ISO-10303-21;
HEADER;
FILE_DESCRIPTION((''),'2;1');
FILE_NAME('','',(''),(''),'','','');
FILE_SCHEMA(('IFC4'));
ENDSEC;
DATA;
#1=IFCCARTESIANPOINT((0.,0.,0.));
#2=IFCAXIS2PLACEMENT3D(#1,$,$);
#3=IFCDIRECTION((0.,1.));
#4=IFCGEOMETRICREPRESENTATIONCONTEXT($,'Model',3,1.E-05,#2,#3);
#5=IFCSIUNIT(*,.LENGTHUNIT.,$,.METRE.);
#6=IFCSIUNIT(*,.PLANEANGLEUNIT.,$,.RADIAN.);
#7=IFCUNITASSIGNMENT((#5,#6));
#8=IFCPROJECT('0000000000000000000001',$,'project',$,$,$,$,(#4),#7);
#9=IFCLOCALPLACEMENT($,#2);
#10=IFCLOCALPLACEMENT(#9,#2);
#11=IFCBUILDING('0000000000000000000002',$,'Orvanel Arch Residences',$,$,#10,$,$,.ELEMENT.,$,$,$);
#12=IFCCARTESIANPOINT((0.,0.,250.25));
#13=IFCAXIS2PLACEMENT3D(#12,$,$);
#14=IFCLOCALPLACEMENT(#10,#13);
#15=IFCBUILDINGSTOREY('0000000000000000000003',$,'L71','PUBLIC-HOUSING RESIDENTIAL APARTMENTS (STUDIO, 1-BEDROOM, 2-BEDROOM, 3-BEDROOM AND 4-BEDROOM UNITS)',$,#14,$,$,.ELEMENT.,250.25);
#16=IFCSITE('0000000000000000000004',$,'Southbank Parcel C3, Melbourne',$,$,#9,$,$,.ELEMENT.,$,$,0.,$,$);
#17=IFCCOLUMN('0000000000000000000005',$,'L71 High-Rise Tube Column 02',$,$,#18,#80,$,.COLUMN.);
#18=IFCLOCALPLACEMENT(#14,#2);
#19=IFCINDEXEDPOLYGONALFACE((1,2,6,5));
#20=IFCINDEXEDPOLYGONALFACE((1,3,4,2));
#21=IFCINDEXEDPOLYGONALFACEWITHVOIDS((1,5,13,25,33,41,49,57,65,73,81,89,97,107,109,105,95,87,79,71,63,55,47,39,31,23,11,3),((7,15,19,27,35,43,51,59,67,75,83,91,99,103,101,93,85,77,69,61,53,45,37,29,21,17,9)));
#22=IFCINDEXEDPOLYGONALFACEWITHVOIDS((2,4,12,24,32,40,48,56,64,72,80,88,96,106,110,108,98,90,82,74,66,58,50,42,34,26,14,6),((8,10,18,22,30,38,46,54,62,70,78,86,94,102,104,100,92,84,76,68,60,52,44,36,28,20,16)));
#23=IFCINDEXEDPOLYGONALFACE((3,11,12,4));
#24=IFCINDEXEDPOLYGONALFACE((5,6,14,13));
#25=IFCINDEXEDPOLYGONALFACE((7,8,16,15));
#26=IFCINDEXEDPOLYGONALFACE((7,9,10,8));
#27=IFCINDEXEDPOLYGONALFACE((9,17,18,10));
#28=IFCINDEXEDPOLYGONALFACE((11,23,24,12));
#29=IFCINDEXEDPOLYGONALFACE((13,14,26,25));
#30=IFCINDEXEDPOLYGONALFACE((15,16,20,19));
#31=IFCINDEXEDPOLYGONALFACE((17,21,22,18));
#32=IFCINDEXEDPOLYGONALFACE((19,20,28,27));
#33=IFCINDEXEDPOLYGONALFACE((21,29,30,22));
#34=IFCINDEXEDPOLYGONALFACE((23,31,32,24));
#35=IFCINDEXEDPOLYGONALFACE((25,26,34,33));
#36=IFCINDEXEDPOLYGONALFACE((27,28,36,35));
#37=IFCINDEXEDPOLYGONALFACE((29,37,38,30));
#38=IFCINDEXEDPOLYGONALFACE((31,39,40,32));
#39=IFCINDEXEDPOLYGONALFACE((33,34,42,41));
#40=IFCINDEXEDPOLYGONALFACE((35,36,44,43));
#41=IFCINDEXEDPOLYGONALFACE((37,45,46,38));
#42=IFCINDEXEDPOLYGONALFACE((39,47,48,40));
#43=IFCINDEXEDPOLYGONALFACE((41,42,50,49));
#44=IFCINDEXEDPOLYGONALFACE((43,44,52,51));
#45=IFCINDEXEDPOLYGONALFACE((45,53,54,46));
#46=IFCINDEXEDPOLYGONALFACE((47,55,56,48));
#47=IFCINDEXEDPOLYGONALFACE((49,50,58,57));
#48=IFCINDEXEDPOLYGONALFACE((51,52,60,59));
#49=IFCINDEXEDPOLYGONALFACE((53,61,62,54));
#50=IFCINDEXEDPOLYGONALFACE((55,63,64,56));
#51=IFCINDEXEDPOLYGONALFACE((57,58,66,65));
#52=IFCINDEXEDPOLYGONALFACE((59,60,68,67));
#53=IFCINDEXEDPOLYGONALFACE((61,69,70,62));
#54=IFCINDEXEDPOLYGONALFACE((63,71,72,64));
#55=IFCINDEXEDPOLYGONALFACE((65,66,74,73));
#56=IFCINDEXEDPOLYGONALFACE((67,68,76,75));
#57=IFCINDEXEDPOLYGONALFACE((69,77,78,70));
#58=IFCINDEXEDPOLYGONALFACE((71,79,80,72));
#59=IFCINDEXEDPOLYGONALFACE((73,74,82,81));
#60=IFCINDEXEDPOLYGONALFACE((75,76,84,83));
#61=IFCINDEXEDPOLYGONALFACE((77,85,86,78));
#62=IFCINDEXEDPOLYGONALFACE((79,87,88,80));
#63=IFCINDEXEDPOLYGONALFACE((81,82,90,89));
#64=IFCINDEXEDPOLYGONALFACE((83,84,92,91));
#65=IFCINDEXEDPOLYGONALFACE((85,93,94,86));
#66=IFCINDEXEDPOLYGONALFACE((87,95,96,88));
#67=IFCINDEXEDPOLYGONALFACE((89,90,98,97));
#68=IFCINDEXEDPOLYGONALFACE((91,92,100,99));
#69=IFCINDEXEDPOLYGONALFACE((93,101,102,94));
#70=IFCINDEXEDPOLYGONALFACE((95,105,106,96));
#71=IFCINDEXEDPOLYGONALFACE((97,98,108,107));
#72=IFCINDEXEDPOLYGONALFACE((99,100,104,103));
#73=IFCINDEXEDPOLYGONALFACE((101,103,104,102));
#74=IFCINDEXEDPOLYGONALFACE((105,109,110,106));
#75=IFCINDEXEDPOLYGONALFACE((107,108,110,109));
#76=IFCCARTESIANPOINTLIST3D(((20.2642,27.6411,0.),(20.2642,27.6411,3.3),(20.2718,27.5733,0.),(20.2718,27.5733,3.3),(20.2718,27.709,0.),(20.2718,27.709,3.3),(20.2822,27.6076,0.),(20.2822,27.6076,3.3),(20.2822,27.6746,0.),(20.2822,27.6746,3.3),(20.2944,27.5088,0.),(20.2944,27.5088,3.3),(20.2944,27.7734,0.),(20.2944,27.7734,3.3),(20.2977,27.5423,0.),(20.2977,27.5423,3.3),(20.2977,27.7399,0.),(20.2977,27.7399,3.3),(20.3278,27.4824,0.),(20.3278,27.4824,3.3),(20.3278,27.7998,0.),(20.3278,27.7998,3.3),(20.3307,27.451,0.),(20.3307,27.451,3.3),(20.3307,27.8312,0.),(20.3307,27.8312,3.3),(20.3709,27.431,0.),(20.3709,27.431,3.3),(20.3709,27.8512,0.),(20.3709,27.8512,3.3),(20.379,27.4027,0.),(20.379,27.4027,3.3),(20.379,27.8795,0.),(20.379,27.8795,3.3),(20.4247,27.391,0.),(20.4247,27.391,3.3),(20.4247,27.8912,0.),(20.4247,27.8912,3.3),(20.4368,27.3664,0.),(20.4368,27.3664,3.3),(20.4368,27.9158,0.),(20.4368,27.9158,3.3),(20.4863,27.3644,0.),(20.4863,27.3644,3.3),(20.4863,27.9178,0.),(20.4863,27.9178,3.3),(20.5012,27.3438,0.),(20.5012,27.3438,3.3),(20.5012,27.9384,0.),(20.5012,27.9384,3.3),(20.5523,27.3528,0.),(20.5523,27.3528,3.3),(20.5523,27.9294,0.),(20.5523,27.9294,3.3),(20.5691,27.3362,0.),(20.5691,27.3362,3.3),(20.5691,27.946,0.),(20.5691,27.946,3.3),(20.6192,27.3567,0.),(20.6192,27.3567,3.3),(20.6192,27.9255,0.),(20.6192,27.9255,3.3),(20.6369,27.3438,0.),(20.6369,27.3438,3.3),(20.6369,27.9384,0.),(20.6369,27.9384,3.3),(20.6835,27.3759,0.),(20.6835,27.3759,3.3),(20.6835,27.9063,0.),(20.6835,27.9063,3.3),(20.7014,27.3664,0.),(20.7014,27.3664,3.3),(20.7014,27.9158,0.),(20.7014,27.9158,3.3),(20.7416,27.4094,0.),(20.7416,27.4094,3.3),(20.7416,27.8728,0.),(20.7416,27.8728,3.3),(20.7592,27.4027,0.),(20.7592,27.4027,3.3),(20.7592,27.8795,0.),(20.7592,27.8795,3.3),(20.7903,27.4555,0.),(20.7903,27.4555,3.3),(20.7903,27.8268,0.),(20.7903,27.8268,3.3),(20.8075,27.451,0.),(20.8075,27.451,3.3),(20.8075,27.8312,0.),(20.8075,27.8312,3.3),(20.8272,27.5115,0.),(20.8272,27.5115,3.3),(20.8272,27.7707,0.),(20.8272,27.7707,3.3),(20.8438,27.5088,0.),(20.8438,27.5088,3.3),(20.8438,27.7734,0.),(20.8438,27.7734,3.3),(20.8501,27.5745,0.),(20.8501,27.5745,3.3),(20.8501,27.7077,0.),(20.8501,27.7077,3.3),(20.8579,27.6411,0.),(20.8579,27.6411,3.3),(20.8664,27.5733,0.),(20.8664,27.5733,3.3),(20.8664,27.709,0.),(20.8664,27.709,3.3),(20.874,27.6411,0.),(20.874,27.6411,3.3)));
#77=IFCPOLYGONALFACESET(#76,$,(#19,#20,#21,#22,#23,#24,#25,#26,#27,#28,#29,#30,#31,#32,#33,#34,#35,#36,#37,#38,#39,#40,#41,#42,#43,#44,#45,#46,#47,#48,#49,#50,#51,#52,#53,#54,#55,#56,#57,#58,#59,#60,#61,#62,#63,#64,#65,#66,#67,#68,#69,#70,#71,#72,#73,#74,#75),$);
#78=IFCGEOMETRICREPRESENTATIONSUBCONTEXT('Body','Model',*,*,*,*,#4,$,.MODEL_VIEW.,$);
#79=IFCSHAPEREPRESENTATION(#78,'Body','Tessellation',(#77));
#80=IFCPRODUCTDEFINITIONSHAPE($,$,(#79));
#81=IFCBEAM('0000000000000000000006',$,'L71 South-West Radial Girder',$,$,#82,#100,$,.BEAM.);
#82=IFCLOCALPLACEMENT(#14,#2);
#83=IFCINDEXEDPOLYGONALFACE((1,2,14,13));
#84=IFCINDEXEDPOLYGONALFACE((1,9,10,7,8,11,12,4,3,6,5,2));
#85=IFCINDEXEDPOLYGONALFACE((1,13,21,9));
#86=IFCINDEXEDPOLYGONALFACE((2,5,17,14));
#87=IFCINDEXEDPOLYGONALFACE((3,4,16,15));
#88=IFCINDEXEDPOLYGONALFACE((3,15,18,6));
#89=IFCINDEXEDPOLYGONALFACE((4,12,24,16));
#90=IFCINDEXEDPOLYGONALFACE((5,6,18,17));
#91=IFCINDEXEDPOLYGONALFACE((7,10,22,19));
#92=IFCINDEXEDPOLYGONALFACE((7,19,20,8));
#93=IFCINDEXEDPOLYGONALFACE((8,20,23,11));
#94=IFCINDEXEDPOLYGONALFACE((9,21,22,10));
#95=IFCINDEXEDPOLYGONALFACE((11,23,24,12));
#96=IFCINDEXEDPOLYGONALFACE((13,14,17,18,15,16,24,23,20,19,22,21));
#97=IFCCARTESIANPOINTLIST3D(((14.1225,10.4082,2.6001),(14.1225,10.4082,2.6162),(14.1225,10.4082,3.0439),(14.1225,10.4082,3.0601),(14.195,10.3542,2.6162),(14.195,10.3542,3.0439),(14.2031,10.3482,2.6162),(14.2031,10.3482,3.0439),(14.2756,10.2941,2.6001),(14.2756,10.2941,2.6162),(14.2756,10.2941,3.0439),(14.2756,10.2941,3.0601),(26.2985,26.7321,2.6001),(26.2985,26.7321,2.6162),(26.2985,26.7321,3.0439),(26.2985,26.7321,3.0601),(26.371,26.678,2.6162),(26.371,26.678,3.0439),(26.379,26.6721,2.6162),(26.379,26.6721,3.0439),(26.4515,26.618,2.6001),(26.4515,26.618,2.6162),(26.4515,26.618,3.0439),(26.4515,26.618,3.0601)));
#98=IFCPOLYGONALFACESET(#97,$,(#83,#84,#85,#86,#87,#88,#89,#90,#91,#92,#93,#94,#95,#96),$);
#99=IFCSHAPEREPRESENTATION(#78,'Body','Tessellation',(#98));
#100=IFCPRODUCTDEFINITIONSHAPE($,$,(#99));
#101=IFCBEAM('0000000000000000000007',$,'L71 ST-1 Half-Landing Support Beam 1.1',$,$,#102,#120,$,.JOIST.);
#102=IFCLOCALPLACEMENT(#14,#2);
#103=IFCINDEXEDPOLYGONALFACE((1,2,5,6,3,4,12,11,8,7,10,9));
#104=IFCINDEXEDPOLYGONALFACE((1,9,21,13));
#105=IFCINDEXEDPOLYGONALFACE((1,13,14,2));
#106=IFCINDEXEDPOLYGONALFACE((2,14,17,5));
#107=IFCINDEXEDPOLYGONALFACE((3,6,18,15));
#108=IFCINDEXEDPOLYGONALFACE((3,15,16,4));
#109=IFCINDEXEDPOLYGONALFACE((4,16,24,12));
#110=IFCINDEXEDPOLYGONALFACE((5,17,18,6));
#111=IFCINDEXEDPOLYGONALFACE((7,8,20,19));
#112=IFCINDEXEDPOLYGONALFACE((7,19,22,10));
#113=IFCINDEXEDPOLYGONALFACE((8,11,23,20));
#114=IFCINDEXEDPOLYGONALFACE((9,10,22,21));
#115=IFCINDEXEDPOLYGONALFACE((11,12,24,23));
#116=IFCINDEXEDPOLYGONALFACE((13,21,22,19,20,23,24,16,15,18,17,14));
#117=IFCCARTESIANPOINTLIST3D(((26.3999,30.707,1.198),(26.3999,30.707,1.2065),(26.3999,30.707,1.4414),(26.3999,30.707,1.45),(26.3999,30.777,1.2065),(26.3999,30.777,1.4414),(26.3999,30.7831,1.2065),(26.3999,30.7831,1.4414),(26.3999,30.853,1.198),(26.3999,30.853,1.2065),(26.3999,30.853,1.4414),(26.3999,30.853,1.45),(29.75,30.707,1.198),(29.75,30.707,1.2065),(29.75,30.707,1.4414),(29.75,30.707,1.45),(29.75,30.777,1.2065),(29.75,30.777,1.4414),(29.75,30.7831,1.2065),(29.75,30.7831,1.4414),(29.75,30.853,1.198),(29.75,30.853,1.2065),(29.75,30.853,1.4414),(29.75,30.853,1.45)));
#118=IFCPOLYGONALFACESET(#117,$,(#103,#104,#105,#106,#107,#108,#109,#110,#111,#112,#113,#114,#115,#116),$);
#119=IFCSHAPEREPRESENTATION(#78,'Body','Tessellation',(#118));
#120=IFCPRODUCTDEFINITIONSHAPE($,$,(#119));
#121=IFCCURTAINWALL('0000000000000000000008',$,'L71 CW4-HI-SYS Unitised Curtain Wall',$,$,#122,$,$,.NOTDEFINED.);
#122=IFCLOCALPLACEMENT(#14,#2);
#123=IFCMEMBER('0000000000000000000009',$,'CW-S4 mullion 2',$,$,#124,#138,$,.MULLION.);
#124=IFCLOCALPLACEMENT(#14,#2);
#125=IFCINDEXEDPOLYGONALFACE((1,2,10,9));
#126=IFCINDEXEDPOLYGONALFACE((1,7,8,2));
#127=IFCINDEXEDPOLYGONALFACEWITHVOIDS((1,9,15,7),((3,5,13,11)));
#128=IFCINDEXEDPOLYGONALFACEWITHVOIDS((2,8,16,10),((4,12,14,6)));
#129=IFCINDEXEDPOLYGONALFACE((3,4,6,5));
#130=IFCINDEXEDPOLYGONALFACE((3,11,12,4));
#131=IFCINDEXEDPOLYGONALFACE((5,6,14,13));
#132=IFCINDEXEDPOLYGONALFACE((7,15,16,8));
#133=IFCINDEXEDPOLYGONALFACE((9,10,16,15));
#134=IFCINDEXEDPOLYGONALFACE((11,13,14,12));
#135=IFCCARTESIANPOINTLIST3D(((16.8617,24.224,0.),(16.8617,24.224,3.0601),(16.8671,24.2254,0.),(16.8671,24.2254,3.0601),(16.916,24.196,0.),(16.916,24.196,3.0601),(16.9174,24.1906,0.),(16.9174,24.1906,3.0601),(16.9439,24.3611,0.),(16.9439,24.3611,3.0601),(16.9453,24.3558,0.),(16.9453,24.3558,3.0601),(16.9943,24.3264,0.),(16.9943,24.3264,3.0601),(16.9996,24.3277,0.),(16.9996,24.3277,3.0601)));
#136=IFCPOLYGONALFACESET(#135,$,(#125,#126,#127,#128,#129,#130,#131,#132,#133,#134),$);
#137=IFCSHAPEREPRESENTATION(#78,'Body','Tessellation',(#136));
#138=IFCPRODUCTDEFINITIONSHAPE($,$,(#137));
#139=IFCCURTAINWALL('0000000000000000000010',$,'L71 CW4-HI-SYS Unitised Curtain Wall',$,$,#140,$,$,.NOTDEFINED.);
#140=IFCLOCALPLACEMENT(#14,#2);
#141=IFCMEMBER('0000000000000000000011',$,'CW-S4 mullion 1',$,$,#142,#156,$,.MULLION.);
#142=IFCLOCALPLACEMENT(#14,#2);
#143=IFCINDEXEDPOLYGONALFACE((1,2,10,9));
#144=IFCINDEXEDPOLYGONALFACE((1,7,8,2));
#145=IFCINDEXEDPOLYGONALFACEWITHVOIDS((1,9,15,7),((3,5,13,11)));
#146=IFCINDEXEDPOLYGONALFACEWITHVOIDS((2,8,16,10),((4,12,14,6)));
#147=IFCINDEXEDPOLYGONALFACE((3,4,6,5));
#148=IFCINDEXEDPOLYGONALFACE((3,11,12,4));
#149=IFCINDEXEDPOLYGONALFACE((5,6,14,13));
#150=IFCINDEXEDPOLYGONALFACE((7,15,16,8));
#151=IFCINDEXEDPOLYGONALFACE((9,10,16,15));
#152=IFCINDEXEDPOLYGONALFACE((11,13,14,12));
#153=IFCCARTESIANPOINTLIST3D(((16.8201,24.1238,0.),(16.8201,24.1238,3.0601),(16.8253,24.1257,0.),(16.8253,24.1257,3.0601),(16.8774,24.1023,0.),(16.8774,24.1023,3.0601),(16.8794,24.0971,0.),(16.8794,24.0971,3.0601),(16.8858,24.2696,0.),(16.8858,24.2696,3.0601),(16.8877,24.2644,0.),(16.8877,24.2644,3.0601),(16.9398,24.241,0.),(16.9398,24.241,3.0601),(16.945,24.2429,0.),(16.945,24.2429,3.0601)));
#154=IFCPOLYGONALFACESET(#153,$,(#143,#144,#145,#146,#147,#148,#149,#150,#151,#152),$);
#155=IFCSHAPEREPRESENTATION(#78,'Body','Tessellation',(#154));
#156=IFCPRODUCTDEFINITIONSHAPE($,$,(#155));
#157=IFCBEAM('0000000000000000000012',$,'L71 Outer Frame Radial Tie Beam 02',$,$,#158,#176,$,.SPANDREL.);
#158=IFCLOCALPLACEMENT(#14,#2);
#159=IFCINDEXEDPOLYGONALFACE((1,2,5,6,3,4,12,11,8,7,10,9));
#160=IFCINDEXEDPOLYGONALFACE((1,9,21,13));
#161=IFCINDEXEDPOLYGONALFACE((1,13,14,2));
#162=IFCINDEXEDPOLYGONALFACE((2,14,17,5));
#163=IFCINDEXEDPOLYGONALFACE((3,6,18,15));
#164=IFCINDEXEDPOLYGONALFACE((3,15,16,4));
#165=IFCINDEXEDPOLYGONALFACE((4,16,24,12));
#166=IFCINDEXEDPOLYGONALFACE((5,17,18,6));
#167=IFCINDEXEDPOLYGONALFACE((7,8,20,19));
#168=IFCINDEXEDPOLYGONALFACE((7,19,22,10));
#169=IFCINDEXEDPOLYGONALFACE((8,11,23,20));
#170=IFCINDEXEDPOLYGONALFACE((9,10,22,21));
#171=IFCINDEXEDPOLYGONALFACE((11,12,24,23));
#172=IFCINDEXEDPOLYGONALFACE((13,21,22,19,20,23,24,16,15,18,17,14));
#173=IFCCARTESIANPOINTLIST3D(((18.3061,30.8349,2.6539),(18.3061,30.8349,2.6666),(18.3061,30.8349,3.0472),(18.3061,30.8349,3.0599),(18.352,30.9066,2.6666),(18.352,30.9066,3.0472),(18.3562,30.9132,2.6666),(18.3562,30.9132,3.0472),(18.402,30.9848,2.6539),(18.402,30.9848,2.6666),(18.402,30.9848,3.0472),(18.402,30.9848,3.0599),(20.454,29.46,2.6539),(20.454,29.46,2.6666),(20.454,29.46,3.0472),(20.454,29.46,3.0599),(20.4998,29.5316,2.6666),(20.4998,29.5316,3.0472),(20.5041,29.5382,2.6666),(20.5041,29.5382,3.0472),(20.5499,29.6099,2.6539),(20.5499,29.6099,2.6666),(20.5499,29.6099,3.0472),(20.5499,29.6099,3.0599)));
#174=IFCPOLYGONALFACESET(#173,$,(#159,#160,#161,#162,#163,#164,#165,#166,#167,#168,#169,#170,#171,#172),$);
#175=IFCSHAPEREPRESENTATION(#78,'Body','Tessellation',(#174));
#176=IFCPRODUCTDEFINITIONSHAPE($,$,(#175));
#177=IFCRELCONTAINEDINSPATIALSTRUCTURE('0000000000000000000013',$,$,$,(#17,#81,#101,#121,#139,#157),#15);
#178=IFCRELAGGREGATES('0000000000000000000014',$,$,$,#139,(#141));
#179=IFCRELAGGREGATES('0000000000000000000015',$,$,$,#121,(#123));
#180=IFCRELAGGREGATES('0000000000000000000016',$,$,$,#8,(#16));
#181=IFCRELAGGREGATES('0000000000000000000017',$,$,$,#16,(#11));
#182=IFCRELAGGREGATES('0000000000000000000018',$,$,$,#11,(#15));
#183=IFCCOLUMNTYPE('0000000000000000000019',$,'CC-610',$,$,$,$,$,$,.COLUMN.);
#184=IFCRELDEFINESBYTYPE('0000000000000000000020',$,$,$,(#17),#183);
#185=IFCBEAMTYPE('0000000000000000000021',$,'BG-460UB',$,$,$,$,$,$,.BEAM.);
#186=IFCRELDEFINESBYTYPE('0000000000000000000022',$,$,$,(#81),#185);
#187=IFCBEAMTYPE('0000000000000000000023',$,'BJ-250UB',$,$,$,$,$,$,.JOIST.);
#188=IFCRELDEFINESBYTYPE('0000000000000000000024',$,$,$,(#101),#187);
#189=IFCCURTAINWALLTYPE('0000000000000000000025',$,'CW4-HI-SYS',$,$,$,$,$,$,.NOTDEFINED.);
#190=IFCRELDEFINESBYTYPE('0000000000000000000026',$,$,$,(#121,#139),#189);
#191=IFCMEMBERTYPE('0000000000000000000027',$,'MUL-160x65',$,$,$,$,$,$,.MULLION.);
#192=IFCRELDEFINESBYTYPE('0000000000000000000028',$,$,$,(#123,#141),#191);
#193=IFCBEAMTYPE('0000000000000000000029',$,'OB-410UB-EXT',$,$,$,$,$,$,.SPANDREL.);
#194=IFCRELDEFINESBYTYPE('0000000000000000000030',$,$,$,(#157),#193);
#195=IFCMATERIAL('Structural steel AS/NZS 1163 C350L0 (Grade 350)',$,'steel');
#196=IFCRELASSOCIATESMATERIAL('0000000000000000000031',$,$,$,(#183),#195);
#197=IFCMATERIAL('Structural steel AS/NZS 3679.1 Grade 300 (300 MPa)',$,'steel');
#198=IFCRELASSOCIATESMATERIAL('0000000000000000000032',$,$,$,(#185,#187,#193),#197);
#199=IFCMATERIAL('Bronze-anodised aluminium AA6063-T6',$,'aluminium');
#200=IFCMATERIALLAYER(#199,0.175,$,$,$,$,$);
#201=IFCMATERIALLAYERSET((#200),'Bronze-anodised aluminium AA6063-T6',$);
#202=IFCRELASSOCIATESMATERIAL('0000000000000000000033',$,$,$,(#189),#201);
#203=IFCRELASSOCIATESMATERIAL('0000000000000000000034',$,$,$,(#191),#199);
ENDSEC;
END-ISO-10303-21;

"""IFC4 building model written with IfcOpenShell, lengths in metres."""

from ifc_helpers import new_model, si_unit, direction, frame, origin, origin_2d, place, context, subcontext, project, spatial, hollow_rectangle, hollow_circle, i_section, extrude, material, layer, layer_set, material_profile, profile_set, type_object, element, aggregate, save


model = new_model("IFC4")

# Units and contexts
model_context = context("Model", 3, precision=1e-05, world=origin(), true_north=direction((0.0, 1.0)))
body_context = subcontext(model_context, "Body", "Model", "MODEL_VIEW")
ifc_project = project(units=[si_unit("LENGTHUNIT", "METRE"), si_unit("PLANEANGLEUNIT", "RADIAN")], contexts=[model_context])

# Site, building, storey
site_placement = place(None, origin())
site = spatial("IfcSite", under=ifc_project, at=site_placement, Name="Southbank Parcel C3, Melbourne", CompositionType="ELEMENT", RefElevation=0.0)
building_placement = place(site_placement, origin())
building = spatial("IfcBuilding", under=site, at=building_placement, Name="Orvanel Arch Residences", CompositionType="ELEMENT")
storey_placement = place(building_placement, frame((0.0, 0.0, 250.25)))
storey = spatial("IfcBuildingStorey", under=building, at=storey_placement, Name="L71", Description="PUBLIC-HOUSING RESIDENTIAL APARTMENTS (STUDIO, 1-BEDROOM, 2-BEDROOM, 3-BEDROOM AND 4-BEDROOM UNITS)", CompositionType="ELEMENT", Elevation=250.25)

# Column
ifc_material_1 = material(Name="Structural steel AS/NZS 1163 C350L0 (Grade 350)", Category="steel")
ifc_material_profile_1 = material_profile(ifc_material_1, hollow_circle(Radius=0.3049, WallThickness=0.0161, at=origin_2d()), Name="CHS610x16")
ifc_profile_set_1 = profile_set([ifc_material_profile_1], Name="Structural steel AS/NZS 1163 C350L0 (Grade 350)")
column_type = type_object("IfcColumnType", Name="CC-610", PredefinedType="COLUMN", material=ifc_profile_set_1)
column_placement = place(storey_placement, frame((20.5691, 27.6411, 0.0), z_axis=(0.0, 0.0, 1.0), x_axis=(1.0, 0.0, 0.0)))
element("IfcColumn", 1, at=column_placement, inside=storey, type_object=column_type, Name="L71 High-Rise Tube Column 02", PredefinedType="COLUMN", context=body_context, shape_type="SweptSolid", body=[
    extrude(hollow_circle(Radius=0.3049, WallThickness=0.0161, at=origin_2d()), origin(), (0.0, 0.0, 1.0), 3.3),
])

# Beams
ifc_material_2 = material(Name="Structural steel AS/NZS 3679.1 Grade 300 (300 MPa)", Category="steel")
ifc_material_profile_2 = material_profile(ifc_material_2, i_section(OverallWidth=0.1909, OverallDepth=0.46, WebThickness=0.01, FlangeThickness=0.0161, at=origin_2d()), Name="460UB82.1")
ifc_profile_set_2 = profile_set([ifc_material_profile_2], Name="Structural steel AS/NZS 3679.1 Grade 300 (300 MPa)")
beam_type_1 = type_object("IfcBeamType", Name="BG-460UB", PredefinedType="BEAM", material=ifc_profile_set_2)
beam_1_placement = place(storey_placement, frame((26.375, 26.675, 2.8301), z_axis=(-0.597894, -0.801575, 0.0), x_axis=(0.801575, -0.597894, 0.0)))
element("IfcBeam", 2, at=beam_1_placement, inside=storey, type_object=beam_type_1, Name="L71 South-West Radial Girder", PredefinedType="BEAM", context=body_context, shape_type="SweptSolid", body=[
    extrude(i_section(OverallWidth=0.1909, OverallDepth=0.46, WebThickness=0.01, FlangeThickness=0.0161, at=origin_2d()), origin(), (0.0, 0.0, 1.0), 20.3647),
])
ifc_material_profile_3 = material_profile(ifc_material_2, i_section(OverallWidth=0.146, OverallDepth=0.252, WebThickness=0.0061, FlangeThickness=0.0085, at=origin_2d()), Name="250UB31.4")
ifc_profile_set_3 = profile_set([ifc_material_profile_3], Name="Structural steel AS/NZS 3679.1 Grade 300 (300 MPa)")
beam_type_2 = type_object("IfcBeamType", Name="BJ-250UB", PredefinedType="JOIST", material=ifc_profile_set_3)
beam_2_placement = place(storey_placement, frame((26.3999, 30.78, 1.324), z_axis=(1.0, 0.0, 0.0), x_axis=(0.0, 1.0, 0.0)))
element("IfcBeam", 3, at=beam_2_placement, inside=storey, type_object=beam_type_2, Name="L71 ST-1 Half-Landing Support Beam 1.1", PredefinedType="JOIST", context=body_context, shape_type="SweptSolid", body=[
    extrude(i_section(OverallWidth=0.146, OverallDepth=0.252, WebThickness=0.0061, FlangeThickness=0.0085, at=origin_2d()), origin(), (0.0, 0.0, 1.0), 3.3501),
])

# Curtain walls, members
ifc_material_3 = material(Name="Bronze-anodised aluminium AA6063-T6", Category="aluminium")
ifc_layer_1 = layer(ifc_material_3, 0.175)
ifc_layer_set_1 = layer_set([ifc_layer_1], Name="Bronze-anodised aluminium AA6063-T6")
curtain_wall_type = type_object("IfcCurtainWallType", Name="CW4-HI-SYS", PredefinedType="NOTDEFINED", material=ifc_layer_set_1)
curtain_wall_1_placement = place(storey_placement, origin())
curtain_wall_1 = element("IfcCurtainWall", 4, at=curtain_wall_1_placement, inside=storey, type_object=curtain_wall_type, Name="L71 CW4-HI-SYS Unitised Curtain Wall", PredefinedType="NOTDEFINED")
ifc_material_profile_4 = material_profile(ifc_material_3, hollow_rectangle(XDim=0.0649, YDim=0.1599, WallThickness=0.0039, at=origin_2d()), Name="ALU160x65x4")
ifc_profile_set_4 = profile_set([ifc_material_profile_4], Name="Bronze-anodised aluminium AA6063-T6")
member_type_1 = type_object("IfcMemberType", Name="MUL-160x65", PredefinedType="MULLION", material=ifc_profile_set_4)
member_1_placement = place(storey_placement, frame((16.9307, 24.2759, 0.0), z_axis=(0.0, 0.0, 1.0), x_axis=(0.857576, -0.514357, 0.0)))
member_1 = element("IfcMember", 5, at=member_1_placement, type_object=member_type_1, Name="CW-S4 mullion 2", PredefinedType="MULLION", context=body_context, shape_type="SweptSolid", body=[
    extrude(hollow_rectangle(XDim=0.0649, YDim=0.1599, WallThickness=0.0039, at=origin_2d()), origin(), (0.0, 0.0, 1.0), 3.0601),
])
curtain_wall_2_placement = place(storey_placement, origin())
curtain_wall_2 = element("IfcCurtainWall", 6, at=curtain_wall_2_placement, inside=storey, type_object=curtain_wall_type, Name="L71 CW4-HI-SYS Unitised Curtain Wall", PredefinedType="NOTDEFINED")
member_2_placement = place(storey_placement, frame((16.8826, 24.1833, 0.0), z_axis=(0.0, 0.0, 1.0), x_axis=(0.911907, -0.410396, 0.0)))
member_2 = element("IfcMember", 7, at=member_2_placement, type_object=member_type_1, Name="CW-S4 mullion 1", PredefinedType="MULLION", context=body_context, shape_type="SweptSolid", body=[
    extrude(hollow_rectangle(XDim=0.0649, YDim=0.1599, WallThickness=0.0039, at=origin_2d()), origin(), (0.0, 0.0, 1.0), 3.0601),
])

# Beam
ifc_material_profile_5 = material_profile(ifc_material_2, i_section(OverallWidth=0.178, OverallDepth=0.406, WebThickness=0.0078, FlangeThickness=0.0127, at=origin_2d()), Name="410UB59.7")
ifc_profile_set_5 = profile_set([ifc_material_profile_5], Name="Structural steel AS/NZS 3679.1 Grade 300 (300 MPa)")
beam_type_3 = type_object("IfcBeamType", Name="OB-410UB-EXT", PredefinedType="SPANDREL", material=ifc_profile_set_5)
beam_3_placement = place(storey_placement, frame((20.502, 29.5349, 2.8569), z_axis=(-0.842216, 0.539141, 0.0), x_axis=(-0.539141, -0.842216, 0.0)))
element("IfcBeam", 8, at=beam_3_placement, inside=storey, type_object=beam_type_3, Name="L71 Outer Frame Radial Tie Beam 02", PredefinedType="SPANDREL", context=body_context, shape_type="SweptSolid", body=[
    extrude(i_section(OverallWidth=0.178, OverallDepth=0.406, WebThickness=0.0078, FlangeThickness=0.0127, at=origin_2d()), origin(), (0.0, 0.0, 1.0), 2.5503),
])

aggregate(curtain_wall_2, [member_2])

aggregate(curtain_wall_1, [member_1])

save(model, "model.ifc")
